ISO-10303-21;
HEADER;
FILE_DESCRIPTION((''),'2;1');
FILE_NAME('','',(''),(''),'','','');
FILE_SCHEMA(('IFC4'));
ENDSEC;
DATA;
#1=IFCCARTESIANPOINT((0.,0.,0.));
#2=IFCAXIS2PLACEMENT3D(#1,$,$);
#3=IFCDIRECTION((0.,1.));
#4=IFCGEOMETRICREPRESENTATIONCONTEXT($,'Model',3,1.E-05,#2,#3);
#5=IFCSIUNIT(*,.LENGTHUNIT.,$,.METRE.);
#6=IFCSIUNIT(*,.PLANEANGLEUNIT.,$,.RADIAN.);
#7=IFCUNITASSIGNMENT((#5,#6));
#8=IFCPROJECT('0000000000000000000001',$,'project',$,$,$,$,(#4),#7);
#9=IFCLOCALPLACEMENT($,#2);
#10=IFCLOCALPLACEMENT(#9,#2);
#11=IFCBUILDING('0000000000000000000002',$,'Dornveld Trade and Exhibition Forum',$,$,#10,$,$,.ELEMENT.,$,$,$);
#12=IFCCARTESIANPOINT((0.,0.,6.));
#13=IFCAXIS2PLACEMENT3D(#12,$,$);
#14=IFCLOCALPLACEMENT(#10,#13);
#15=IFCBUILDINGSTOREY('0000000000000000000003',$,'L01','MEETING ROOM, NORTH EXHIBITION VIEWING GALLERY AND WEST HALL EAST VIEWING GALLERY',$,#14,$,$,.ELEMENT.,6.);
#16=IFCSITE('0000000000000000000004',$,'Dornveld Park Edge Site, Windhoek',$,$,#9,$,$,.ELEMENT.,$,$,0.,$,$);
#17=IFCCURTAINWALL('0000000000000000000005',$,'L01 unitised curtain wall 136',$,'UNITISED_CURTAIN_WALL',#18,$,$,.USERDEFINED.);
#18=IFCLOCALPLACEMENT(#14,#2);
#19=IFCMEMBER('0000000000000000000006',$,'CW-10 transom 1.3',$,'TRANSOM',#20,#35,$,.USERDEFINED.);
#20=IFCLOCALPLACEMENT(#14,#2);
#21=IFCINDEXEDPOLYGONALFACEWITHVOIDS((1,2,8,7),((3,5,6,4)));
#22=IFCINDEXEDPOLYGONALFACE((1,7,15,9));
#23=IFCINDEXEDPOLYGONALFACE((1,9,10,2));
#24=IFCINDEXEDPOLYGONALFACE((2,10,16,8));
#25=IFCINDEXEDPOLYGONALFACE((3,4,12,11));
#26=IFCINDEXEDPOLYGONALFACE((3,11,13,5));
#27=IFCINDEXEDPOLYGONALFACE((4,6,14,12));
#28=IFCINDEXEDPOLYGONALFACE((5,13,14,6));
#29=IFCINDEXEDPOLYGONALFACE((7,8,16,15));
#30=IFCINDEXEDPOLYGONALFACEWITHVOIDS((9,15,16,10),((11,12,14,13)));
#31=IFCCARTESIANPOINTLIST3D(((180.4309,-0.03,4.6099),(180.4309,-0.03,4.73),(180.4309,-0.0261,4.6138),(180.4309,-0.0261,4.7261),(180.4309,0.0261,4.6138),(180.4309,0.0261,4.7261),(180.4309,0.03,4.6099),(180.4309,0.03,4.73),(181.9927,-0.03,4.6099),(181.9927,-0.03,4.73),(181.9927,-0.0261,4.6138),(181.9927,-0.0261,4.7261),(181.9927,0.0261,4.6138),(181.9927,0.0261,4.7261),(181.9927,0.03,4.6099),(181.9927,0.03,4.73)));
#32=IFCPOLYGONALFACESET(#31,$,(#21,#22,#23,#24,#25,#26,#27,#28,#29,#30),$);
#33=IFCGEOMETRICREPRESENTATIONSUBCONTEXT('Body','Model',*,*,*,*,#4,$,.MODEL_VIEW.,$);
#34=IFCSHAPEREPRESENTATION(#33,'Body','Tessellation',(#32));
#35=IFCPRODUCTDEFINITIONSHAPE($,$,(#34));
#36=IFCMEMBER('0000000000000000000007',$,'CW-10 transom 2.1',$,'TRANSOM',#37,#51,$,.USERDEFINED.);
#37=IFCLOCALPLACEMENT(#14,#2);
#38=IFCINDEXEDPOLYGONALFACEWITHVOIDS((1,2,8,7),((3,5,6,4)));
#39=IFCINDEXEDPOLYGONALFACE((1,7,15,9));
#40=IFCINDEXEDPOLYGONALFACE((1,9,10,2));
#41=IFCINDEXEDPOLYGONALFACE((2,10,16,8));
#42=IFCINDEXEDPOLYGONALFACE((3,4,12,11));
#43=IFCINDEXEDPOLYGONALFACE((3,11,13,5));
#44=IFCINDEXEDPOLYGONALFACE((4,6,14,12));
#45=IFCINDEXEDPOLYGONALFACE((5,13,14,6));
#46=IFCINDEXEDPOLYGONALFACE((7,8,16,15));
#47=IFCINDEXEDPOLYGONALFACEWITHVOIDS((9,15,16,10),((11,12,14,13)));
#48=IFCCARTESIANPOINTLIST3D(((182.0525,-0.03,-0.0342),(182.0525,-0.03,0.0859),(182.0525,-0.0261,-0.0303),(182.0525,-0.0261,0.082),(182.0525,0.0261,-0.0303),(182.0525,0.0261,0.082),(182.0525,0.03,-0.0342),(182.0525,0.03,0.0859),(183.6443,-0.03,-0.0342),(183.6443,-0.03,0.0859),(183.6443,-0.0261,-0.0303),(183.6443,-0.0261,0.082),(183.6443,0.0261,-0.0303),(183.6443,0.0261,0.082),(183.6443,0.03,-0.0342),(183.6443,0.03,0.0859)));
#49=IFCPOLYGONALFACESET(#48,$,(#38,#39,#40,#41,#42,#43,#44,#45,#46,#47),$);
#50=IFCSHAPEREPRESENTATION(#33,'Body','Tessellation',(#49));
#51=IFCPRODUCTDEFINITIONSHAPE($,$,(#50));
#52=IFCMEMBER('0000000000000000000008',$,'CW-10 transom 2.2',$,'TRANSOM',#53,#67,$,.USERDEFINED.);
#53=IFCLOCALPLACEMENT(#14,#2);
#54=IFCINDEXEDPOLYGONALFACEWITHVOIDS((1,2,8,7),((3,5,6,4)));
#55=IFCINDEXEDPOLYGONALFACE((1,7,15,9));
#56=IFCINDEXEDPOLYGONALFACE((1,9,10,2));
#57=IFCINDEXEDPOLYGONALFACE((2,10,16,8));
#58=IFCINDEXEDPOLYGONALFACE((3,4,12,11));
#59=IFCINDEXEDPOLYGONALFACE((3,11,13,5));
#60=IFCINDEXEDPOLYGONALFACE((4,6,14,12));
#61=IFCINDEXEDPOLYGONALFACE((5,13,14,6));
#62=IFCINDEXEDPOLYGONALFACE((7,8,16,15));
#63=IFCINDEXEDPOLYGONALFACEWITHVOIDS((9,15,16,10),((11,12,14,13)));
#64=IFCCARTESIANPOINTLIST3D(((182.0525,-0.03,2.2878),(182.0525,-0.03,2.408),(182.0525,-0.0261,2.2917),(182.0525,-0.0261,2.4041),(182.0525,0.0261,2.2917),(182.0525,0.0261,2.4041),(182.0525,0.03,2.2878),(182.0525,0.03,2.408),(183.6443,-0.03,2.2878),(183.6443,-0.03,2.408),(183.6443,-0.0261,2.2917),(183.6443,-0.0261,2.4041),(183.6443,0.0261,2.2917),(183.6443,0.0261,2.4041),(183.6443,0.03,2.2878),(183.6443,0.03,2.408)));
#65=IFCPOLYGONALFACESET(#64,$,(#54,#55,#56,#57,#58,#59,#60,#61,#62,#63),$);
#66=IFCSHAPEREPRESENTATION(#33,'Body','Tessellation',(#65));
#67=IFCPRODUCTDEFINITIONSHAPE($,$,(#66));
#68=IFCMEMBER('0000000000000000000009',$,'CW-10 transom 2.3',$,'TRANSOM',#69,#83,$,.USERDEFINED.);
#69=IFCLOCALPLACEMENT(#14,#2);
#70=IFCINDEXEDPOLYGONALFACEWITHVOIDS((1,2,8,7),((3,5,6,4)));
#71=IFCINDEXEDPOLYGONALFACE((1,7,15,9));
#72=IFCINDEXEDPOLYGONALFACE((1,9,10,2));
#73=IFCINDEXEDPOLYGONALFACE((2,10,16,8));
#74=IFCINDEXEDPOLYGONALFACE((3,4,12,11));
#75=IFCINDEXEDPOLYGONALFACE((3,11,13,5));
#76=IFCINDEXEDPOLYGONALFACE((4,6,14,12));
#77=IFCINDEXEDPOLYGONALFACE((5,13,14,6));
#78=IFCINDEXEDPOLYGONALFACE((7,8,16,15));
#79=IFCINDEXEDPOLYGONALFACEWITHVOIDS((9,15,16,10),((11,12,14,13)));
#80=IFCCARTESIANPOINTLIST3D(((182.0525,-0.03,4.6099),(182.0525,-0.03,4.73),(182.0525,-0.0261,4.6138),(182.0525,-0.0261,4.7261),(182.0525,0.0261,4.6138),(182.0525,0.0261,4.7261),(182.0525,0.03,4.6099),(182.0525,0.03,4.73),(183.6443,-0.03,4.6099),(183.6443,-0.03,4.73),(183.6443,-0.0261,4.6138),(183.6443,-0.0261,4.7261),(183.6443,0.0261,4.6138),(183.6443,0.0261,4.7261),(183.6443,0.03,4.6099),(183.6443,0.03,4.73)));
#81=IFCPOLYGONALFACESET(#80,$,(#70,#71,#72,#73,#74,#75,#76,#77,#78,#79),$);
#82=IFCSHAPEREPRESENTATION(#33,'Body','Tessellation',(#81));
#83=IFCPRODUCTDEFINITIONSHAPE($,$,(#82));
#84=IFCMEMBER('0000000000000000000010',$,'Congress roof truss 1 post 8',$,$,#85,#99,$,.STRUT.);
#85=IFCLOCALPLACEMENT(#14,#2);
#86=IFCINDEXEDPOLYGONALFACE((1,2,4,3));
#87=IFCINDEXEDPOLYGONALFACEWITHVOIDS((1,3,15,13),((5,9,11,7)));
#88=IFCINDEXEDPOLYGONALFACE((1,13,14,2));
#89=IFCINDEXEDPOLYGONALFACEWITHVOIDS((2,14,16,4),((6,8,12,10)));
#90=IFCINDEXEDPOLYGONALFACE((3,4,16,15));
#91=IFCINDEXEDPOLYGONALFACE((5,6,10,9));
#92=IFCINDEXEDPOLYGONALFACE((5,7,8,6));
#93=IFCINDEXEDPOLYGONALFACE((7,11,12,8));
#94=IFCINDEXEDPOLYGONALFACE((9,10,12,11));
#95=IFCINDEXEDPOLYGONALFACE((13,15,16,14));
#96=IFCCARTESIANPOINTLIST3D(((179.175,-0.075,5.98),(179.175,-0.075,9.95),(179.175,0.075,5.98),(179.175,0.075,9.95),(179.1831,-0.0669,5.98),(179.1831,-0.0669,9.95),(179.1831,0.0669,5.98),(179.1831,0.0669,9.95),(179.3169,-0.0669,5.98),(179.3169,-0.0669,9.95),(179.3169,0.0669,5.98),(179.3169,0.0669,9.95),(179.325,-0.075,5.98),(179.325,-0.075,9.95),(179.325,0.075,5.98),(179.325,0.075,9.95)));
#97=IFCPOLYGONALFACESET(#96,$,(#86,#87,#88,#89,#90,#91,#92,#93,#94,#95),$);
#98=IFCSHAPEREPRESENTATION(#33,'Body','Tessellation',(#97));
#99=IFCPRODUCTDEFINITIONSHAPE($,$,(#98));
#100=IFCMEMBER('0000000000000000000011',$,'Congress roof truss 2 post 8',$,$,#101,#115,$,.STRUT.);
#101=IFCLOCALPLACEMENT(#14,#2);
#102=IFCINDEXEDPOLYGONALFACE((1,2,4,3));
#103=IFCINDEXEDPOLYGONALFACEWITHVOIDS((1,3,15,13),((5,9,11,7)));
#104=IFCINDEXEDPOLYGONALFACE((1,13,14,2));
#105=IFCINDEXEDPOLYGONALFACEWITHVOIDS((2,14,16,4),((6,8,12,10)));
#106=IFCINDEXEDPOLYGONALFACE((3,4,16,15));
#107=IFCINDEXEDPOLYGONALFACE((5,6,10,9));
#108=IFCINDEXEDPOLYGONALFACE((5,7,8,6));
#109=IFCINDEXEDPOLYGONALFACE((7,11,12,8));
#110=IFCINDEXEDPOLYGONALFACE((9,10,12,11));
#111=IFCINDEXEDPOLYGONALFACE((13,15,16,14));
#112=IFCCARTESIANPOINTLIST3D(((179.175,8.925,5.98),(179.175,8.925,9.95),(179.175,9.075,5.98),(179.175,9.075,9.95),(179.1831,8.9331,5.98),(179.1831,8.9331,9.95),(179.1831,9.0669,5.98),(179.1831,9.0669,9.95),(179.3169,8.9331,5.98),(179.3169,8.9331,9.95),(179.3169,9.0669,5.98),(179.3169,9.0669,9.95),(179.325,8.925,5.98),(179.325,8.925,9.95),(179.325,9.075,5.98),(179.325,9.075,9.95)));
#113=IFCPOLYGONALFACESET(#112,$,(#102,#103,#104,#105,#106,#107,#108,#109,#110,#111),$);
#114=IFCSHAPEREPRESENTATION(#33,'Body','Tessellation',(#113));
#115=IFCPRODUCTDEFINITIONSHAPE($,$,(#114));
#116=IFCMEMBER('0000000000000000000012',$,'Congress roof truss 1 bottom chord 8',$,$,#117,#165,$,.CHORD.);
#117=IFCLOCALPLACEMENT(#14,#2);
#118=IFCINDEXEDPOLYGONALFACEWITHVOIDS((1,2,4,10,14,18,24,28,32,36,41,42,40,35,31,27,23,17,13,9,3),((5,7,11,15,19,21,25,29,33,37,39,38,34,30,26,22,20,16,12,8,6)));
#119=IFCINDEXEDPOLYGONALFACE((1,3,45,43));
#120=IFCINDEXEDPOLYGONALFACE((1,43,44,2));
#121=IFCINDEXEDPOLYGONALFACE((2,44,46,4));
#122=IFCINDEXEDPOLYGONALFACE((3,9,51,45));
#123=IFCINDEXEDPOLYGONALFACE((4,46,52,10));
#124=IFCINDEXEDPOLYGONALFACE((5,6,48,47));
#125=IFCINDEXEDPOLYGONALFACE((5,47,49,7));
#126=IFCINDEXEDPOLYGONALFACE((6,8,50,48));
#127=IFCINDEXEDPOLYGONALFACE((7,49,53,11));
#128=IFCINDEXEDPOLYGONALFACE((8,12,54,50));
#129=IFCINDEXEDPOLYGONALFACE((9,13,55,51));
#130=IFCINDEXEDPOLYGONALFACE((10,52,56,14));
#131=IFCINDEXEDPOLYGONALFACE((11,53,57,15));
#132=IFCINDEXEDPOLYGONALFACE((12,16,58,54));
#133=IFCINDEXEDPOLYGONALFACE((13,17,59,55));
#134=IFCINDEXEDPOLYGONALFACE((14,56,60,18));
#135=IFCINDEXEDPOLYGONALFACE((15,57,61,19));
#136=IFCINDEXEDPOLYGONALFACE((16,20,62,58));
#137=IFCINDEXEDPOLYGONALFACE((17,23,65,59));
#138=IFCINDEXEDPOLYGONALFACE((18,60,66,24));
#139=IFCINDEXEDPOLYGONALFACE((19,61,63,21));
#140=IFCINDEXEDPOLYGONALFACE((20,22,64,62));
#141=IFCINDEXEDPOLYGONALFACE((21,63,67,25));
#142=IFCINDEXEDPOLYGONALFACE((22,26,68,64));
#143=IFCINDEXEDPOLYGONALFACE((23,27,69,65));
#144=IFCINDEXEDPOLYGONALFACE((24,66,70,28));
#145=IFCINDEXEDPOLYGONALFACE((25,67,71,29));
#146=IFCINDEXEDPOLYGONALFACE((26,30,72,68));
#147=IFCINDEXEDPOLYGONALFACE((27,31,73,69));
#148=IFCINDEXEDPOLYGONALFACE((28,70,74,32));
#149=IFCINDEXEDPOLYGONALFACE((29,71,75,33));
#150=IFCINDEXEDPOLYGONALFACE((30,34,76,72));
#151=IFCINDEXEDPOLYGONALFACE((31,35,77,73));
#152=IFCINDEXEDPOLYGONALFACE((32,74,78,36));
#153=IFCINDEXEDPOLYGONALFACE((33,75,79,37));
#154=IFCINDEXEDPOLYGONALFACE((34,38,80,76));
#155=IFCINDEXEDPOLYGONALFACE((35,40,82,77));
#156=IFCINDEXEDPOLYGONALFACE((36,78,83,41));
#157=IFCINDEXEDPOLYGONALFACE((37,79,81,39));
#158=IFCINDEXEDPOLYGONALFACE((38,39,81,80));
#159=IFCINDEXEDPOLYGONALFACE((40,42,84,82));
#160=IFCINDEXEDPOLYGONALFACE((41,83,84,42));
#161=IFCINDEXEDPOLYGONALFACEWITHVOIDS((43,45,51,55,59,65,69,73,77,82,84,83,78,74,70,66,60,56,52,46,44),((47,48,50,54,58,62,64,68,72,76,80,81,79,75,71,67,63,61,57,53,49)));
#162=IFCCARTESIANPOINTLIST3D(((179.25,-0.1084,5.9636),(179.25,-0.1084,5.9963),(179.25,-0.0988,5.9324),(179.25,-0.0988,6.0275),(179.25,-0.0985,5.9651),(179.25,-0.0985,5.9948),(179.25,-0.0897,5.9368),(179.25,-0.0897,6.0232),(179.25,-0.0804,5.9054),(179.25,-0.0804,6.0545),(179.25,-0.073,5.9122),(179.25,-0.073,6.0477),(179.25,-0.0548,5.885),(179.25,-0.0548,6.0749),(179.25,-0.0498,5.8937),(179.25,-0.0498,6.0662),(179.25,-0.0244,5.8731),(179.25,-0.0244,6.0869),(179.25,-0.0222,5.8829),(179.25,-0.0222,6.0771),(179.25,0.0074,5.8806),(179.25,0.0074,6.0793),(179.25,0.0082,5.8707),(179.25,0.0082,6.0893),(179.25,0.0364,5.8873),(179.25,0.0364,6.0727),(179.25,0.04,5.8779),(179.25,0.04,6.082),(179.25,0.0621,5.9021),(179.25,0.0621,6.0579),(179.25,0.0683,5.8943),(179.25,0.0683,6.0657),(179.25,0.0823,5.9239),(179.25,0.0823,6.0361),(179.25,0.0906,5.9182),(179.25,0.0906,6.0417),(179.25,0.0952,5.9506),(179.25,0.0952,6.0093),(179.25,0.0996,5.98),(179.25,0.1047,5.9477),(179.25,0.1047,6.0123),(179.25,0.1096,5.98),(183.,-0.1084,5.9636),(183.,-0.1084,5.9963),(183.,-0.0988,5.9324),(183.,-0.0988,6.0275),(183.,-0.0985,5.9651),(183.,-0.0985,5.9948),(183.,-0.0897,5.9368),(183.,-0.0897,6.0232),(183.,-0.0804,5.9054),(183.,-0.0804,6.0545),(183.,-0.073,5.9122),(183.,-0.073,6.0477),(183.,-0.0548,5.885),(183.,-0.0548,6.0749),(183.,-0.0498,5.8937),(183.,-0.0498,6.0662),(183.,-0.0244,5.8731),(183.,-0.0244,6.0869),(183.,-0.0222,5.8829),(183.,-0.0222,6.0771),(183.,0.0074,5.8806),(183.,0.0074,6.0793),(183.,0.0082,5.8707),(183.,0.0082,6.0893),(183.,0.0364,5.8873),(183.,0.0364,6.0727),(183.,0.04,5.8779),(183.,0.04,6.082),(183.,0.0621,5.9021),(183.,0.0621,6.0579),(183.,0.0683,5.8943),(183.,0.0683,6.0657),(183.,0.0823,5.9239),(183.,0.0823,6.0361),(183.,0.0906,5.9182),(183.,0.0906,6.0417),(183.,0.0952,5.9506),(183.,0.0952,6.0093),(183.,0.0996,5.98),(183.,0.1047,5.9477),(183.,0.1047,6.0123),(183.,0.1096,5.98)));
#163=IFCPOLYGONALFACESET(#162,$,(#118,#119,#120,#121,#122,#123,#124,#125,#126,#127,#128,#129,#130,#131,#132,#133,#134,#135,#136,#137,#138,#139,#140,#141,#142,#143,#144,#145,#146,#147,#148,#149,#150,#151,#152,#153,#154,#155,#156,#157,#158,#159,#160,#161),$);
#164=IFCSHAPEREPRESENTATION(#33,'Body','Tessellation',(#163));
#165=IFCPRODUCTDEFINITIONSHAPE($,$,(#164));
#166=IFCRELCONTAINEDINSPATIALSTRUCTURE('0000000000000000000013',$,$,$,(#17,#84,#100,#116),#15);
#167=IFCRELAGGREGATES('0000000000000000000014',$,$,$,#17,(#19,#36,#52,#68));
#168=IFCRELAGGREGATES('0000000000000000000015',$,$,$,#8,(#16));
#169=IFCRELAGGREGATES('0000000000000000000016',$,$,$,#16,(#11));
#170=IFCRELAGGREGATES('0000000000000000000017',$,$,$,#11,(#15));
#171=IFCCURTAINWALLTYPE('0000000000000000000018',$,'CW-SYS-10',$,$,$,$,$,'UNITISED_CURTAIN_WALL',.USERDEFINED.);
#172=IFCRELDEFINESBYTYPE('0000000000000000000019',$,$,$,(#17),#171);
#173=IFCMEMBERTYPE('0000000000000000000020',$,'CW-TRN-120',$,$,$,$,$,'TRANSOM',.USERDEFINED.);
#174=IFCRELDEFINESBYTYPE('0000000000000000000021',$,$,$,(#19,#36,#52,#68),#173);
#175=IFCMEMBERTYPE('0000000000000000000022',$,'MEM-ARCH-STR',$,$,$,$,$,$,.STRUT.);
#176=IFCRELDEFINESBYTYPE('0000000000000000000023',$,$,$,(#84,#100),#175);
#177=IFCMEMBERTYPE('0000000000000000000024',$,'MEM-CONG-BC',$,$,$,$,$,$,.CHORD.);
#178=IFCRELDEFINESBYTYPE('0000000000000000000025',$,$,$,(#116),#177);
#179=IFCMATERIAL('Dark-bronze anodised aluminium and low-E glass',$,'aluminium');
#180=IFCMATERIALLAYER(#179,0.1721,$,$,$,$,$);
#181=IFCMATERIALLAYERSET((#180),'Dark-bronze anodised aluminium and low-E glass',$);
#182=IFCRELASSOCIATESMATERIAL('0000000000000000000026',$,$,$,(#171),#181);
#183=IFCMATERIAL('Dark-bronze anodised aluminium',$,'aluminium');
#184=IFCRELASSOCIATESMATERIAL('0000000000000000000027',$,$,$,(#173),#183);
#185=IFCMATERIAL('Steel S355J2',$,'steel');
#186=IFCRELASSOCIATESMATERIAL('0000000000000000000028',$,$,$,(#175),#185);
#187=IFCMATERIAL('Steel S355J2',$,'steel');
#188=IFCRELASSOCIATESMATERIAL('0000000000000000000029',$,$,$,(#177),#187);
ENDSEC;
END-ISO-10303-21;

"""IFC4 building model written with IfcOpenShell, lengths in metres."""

from ifc_helpers import new_model, si_unit, direction, frame, origin, origin_2d, place, context, subcontext, project, spatial, hollow_rectangle, hollow_circle, extrude, material, layer, layer_set, material_profile, profile_set, type_object, element, aggregate, save


model = new_model("IFC4")

# Units and contexts
model_context = context("Model", 3, precision=1e-05, world=origin(), true_north=direction((0.0, 1.0)))
body_context = subcontext(model_context, "Body", "Model", "MODEL_VIEW")
ifc_project = project(units=[si_unit("LENGTHUNIT", "METRE"), si_unit("PLANEANGLEUNIT", "RADIAN")], contexts=[model_context])

# Site, building, storey
site_placement = place(None, origin())
site = spatial("IfcSite", under=ifc_project, at=site_placement, Name="Dornveld Park Edge Site, Windhoek", CompositionType="ELEMENT", RefElevation=0.0)
building_placement = place(site_placement, origin())
building = spatial("IfcBuilding", under=site, at=building_placement, Name="Dornveld Trade and Exhibition Forum", CompositionType="ELEMENT")
storey_placement = place(building_placement, frame((0.0, 0.0, 6.0)))
storey = spatial("IfcBuildingStorey", under=building, at=storey_placement, Name="L01", Description="MEETING ROOM, NORTH EXHIBITION VIEWING GALLERY AND WEST HALL EAST VIEWING GALLERY", CompositionType="ELEMENT", Elevation=6.0)

# Curtain wall
ifc_material_1 = material(Name="Dark-bronze anodised aluminium and low-E glass", Category="aluminium")
ifc_layer_1 = layer(ifc_material_1, 0.1721)
ifc_layer_set_1 = layer_set([ifc_layer_1], Name="Dark-bronze anodised aluminium and low-E glass")
curtain_wall_type_1 = type_object("IfcCurtainWallType", Name="CW-SYS-10", ElementType="UNITISED_CURTAIN_WALL", PredefinedType="USERDEFINED", material=ifc_layer_set_1)
curtain_wall_1_placement = place(storey_placement, origin())
curtain_wall_1 = element("IfcCurtainWall", 1, at=curtain_wall_1_placement, inside=storey, type_object=curtain_wall_type_1, Name="L01 unitised curtain wall 136", ObjectType="UNITISED_CURTAIN_WALL", PredefinedType="USERDEFINED")

# Members
ifc_material_2 = material(Name="Dark-bronze anodised aluminium", Category="aluminium")
ifc_material_profile_1 = material_profile(ifc_material_2, hollow_rectangle(XDim=0.0601, YDim=0.1201, WallThickness=0.0039, at=origin_2d()), Name="RHS 120x60x4")
ifc_profile_set_1 = profile_set([ifc_material_profile_1], Name="Dark-bronze anodised aluminium")
member_type_1 = type_object("IfcMemberType", Name="CW-TRN-120", ElementType="TRANSOM", PredefinedType="USERDEFINED", material=ifc_profile_set_1)
member_1_placement = place(storey_placement, frame((180.4309, 0.0, 4.6699), z_axis=(1.0, 0.0, 0.0), x_axis=(0.0, 1.0, 0.0)))
member_1 = element("IfcMember", 2, at=member_1_placement, type_object=member_type_1, Name="CW-10 transom 1.3", ObjectType="TRANSOM", PredefinedType="USERDEFINED", context=body_context, shape_type="SweptSolid", body=[
    extrude(hollow_rectangle(XDim=0.0601, YDim=0.1201, WallThickness=0.0039, at=origin_2d()), origin(), (0.0, 0.0, 1.0), 1.5618),
])
member_2_placement = place(storey_placement, frame((182.0525, 0.0, 0.0259), z_axis=(1.0, 0.0, 0.0), x_axis=(0.0, 1.0, 0.0)))
member_2 = element("IfcMember", 3, at=member_2_placement, type_object=member_type_1, Name="CW-10 transom 2.1", ObjectType="TRANSOM", PredefinedType="USERDEFINED", context=body_context, shape_type="SweptSolid", body=[
    extrude(hollow_rectangle(XDim=0.0601, YDim=0.1201, WallThickness=0.0039, at=origin_2d()), origin(), (0.0, 0.0, 1.0), 1.5918),
])
member_3_placement = place(storey_placement, frame((182.0525, 0.0, 2.3479), z_axis=(1.0, 0.0, 0.0), x_axis=(0.0, 1.0, 0.0)))
member_3 = element("IfcMember", 4, at=member_3_placement, type_object=member_type_1, Name="CW-10 transom 2.2", ObjectType="TRANSOM", PredefinedType="USERDEFINED", context=body_context, shape_type="SweptSolid", body=[
    extrude(hollow_rectangle(XDim=0.0601, YDim=0.1201, WallThickness=0.0039, at=origin_2d()), origin(), (0.0, 0.0, 1.0), 1.5918),
])
member_4_placement = place(storey_placement, frame((182.0525, 0.0, 4.6699), z_axis=(1.0, 0.0, 0.0), x_axis=(0.0, 1.0, 0.0)))
member_4 = element("IfcMember", 5, at=member_4_placement, type_object=member_type_1, Name="CW-10 transom 2.3", ObjectType="TRANSOM", PredefinedType="USERDEFINED", context=body_context, shape_type="SweptSolid", body=[
    extrude(hollow_rectangle(XDim=0.0601, YDim=0.1201, WallThickness=0.0039, at=origin_2d()), origin(), (0.0, 0.0, 1.0), 1.5918),
])

# Members
ifc_material_3 = material(Name="Steel S355J2", Category="steel")
ifc_material_profile_2 = material_profile(ifc_material_3, hollow_rectangle(XDim=0.1499, YDim=0.1499, WallThickness=0.0081, at=origin_2d()), Name="SHS 150x150x8")
ifc_profile_set_2 = profile_set([ifc_material_profile_2], Name="Steel S355J2")
member_type_2 = type_object("IfcMemberType", Name="MEM-ARCH-STR", PredefinedType="STRUT", material=ifc_profile_set_2)
for number, where, z_axis, x_axis, name in (
    (6, (179.25, 0.0, 5.98), (0.0, 0.0, 1.0), (1.0, 0.0, 0.0), "Congress roof truss 1 post 8"),
    (7, (179.25, 9.0, 5.98), (0.0, 0.0, 1.0), (1.0, 0.0, 0.0), "Congress roof truss 2 post 8"),
):
    element("IfcMember", number, at=place(storey_placement, frame(where, z_axis=z_axis, x_axis=x_axis)), inside=storey, type_object=member_type_2, Name=name, PredefinedType="STRUT", context=body_context, shape_type="SweptSolid", body=[
        extrude(hollow_rectangle(XDim=0.1499, YDim=0.1499, WallThickness=0.0081, at=origin_2d()), origin(), (0.0, 0.0, 1.0), 3.97),
    ])
ifc_material_4 = material(Name="Steel S355J2", Category="steel")
ifc_material_profile_3 = material_profile(ifc_material_4, hollow_circle(Radius=0.1096, WallThickness=0.01, at=origin_2d()), Name="CHS 219.1x10")
ifc_profile_set_3 = profile_set([ifc_material_profile_3], Name="Steel S355J2")
member_type_3 = type_object("IfcMemberType", Name="MEM-CONG-BC", PredefinedType="CHORD", material=ifc_profile_set_3)
for number, where, z_axis, x_axis, name in (
    (8, (179.25, 0.0, 5.98), (1.0, 0.0, 0.0), (0.0, 1.0, 0.0), "Congress roof truss 1 bottom chord 8"),
):
    element("IfcMember", number, at=place(storey_placement, frame(where, z_axis=z_axis, x_axis=x_axis)), inside=storey, type_object=member_type_3, Name=name, PredefinedType="CHORD", context=body_context, shape_type="SweptSolid", body=[
        extrude(hollow_circle(Radius=0.1096, WallThickness=0.01, at=origin_2d()), origin(), (0.0, 0.0, 1.0), 3.75),
    ])

aggregate(curtain_wall_1, [member_1, member_2, member_3, member_4])

save(model, "model.ifc")
